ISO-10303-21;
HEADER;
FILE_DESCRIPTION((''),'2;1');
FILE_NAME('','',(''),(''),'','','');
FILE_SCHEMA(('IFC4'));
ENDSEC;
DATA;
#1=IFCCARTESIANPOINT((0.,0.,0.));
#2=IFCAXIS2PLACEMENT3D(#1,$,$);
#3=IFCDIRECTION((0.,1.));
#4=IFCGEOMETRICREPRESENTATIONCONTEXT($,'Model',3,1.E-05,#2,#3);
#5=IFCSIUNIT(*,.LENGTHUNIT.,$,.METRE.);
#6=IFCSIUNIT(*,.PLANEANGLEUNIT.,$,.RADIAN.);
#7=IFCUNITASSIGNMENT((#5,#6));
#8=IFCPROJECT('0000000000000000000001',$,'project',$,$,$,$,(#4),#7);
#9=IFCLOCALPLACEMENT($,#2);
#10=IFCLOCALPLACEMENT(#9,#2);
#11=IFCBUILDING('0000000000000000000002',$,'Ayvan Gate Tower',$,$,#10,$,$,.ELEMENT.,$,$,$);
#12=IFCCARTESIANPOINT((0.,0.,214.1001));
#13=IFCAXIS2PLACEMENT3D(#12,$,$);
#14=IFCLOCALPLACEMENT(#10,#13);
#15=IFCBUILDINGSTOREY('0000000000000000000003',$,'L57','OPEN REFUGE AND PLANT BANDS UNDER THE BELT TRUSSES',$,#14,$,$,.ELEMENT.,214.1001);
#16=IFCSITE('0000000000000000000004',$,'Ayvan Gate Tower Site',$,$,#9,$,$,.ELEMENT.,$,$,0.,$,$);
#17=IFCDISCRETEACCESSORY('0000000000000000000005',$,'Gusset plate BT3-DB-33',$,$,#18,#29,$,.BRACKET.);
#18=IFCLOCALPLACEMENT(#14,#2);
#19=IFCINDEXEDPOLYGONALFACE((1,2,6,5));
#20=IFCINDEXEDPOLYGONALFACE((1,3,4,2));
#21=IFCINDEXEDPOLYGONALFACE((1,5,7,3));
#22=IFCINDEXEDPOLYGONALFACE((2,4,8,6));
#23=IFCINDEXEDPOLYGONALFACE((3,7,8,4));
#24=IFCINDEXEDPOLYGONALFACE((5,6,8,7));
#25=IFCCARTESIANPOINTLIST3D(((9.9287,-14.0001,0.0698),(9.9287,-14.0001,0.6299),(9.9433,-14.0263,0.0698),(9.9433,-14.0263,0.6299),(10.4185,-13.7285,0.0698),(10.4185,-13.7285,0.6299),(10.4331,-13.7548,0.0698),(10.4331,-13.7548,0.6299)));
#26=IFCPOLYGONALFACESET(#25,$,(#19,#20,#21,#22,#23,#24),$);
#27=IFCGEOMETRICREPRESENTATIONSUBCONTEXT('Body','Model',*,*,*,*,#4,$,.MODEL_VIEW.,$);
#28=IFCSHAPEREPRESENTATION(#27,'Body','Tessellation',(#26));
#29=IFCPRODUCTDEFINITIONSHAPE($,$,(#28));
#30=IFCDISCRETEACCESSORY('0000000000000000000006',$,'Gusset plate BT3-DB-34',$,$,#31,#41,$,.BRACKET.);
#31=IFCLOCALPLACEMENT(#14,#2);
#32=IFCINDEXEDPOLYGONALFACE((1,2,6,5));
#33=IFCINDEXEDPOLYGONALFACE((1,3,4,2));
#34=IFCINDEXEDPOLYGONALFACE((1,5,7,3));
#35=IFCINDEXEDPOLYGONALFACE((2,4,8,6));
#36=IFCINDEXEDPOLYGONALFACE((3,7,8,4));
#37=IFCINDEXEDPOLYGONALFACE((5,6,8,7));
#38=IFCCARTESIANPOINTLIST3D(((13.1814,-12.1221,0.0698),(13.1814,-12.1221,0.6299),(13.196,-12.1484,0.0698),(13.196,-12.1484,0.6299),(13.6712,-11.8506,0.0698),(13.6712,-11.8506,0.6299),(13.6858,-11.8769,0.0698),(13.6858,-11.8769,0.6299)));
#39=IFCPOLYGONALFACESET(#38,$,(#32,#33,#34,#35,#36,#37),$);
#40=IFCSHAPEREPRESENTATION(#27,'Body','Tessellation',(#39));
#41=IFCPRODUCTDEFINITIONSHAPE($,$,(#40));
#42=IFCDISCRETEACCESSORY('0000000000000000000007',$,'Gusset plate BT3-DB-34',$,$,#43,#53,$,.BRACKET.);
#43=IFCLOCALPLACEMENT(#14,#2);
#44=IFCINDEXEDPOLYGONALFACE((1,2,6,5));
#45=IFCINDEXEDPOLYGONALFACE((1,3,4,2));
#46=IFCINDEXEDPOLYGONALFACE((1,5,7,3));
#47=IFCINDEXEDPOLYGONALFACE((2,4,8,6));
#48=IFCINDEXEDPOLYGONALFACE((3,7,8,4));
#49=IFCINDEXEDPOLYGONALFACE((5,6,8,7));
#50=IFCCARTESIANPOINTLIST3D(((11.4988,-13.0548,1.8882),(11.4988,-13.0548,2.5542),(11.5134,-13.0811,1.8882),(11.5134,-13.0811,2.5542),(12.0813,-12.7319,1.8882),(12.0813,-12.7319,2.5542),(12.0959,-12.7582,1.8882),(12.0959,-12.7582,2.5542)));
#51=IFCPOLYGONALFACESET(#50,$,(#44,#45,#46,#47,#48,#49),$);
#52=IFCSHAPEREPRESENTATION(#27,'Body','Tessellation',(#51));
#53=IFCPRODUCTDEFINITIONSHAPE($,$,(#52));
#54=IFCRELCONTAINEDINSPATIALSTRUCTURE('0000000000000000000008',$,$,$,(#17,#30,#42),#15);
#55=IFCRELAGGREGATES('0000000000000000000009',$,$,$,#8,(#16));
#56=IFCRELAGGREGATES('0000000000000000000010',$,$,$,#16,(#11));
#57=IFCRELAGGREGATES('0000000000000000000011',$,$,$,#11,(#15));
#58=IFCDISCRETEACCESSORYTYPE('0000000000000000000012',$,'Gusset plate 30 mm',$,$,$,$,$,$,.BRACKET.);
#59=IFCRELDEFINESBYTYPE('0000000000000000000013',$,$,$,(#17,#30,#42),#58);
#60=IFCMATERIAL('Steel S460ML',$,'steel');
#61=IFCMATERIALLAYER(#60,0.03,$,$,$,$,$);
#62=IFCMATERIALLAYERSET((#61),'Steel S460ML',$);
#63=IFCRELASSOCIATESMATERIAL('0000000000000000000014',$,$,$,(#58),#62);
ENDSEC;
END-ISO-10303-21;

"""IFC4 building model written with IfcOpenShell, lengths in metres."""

from ifc_helpers import new_model, si_unit, direction, frame, origin, origin_2d, place, context, subcontext, project, spatial, rectangle, extrude, material, layer, layer_set, type_object, element, save


model = new_model("IFC4")

# Units and contexts
model_context = context("Model", 3, precision=1e-05, world=origin(), true_north=direction((0.0, 1.0)))
body_context = subcontext(model_context, "Body", "Model", "MODEL_VIEW")
ifc_project = project(units=[si_unit("LENGTHUNIT", "METRE"), si_unit("PLANEANGLEUNIT", "RADIAN")], contexts=[model_context])

# Site, building, storey
site_placement = place(None, origin())
site = spatial("IfcSite", under=ifc_project, at=site_placement, Name="Ayvan Gate Tower Site", CompositionType="ELEMENT", RefElevation=0.0)
building_placement = place(site_placement, origin())
building = spatial("IfcBuilding", under=site, at=building_placement, Name="Ayvan Gate Tower", CompositionType="ELEMENT")
storey_placement = place(building_placement, frame((0.0, 0.0, 214.1001)))
storey = spatial("IfcBuildingStorey", under=building, at=storey_placement, Name="L57", Description="OPEN REFUGE AND PLANT BANDS UNDER THE BELT TRUSSES", CompositionType="ELEMENT", Elevation=214.1001)

# Shared definitions
ifc_material_1 = material(Name="Steel S460ML", Category="steel")

# Discrete accessories
ifc_layer_1 = layer(ifc_material_1, 0.03)
ifc_layer_set_1 = layer_set([ifc_layer_1], Name="Steel S460ML")
discrete_accessory_type_1 = type_object("IfcDiscreteAccessoryType", Name="Gusset plate 30 mm", PredefinedType="BRACKET", material=ifc_layer_set_1)
for number, where, z_axis, x_axis, name in (
    (1, (10.1809, -13.8774, 0.0698), (0.0, 0.0, 1.0), (0.874589, 0.484865, 0.0), "Gusset plate BT3-DB-33"),
    (2, (13.4336, -11.9995, 0.0698), (0.0, 0.0, 1.0), (0.874623, 0.484804, 0.0), "Gusset plate BT3-DB-34"),
):
    element("IfcDiscreteAccessory", number, at=place(storey_placement, frame(where, z_axis=z_axis, x_axis=x_axis)), inside=storey, type_object=discrete_accessory_type_1, Name=name, PredefinedType="BRACKET", context=body_context, shape_type="SweptSolid", body=[
        extrude(rectangle(XDim=0.5601, YDim=0.03, at=origin_2d()), origin(), (0.0, 0.0, 1.0), 0.5601),
    ])
discrete_accessory_1_placement = place(storey_placement, frame((11.7974, -12.9065, 1.8882), z_axis=(0.0, 0.0, 1.0), x_axis=(0.874623, 0.484804, 0.0)))
element("IfcDiscreteAccessory", 3, at=discrete_accessory_1_placement, inside=storey, type_object=discrete_accessory_type_1, Name="Gusset plate BT3-DB-34", PredefinedType="BRACKET", context=body_context, shape_type="SweptSolid", body=[
    extrude(rectangle(XDim=0.666, YDim=0.03, at=origin_2d()), origin(), (0.0, 0.0, 1.0), 0.666),
])

save(model, "model.ifc")
